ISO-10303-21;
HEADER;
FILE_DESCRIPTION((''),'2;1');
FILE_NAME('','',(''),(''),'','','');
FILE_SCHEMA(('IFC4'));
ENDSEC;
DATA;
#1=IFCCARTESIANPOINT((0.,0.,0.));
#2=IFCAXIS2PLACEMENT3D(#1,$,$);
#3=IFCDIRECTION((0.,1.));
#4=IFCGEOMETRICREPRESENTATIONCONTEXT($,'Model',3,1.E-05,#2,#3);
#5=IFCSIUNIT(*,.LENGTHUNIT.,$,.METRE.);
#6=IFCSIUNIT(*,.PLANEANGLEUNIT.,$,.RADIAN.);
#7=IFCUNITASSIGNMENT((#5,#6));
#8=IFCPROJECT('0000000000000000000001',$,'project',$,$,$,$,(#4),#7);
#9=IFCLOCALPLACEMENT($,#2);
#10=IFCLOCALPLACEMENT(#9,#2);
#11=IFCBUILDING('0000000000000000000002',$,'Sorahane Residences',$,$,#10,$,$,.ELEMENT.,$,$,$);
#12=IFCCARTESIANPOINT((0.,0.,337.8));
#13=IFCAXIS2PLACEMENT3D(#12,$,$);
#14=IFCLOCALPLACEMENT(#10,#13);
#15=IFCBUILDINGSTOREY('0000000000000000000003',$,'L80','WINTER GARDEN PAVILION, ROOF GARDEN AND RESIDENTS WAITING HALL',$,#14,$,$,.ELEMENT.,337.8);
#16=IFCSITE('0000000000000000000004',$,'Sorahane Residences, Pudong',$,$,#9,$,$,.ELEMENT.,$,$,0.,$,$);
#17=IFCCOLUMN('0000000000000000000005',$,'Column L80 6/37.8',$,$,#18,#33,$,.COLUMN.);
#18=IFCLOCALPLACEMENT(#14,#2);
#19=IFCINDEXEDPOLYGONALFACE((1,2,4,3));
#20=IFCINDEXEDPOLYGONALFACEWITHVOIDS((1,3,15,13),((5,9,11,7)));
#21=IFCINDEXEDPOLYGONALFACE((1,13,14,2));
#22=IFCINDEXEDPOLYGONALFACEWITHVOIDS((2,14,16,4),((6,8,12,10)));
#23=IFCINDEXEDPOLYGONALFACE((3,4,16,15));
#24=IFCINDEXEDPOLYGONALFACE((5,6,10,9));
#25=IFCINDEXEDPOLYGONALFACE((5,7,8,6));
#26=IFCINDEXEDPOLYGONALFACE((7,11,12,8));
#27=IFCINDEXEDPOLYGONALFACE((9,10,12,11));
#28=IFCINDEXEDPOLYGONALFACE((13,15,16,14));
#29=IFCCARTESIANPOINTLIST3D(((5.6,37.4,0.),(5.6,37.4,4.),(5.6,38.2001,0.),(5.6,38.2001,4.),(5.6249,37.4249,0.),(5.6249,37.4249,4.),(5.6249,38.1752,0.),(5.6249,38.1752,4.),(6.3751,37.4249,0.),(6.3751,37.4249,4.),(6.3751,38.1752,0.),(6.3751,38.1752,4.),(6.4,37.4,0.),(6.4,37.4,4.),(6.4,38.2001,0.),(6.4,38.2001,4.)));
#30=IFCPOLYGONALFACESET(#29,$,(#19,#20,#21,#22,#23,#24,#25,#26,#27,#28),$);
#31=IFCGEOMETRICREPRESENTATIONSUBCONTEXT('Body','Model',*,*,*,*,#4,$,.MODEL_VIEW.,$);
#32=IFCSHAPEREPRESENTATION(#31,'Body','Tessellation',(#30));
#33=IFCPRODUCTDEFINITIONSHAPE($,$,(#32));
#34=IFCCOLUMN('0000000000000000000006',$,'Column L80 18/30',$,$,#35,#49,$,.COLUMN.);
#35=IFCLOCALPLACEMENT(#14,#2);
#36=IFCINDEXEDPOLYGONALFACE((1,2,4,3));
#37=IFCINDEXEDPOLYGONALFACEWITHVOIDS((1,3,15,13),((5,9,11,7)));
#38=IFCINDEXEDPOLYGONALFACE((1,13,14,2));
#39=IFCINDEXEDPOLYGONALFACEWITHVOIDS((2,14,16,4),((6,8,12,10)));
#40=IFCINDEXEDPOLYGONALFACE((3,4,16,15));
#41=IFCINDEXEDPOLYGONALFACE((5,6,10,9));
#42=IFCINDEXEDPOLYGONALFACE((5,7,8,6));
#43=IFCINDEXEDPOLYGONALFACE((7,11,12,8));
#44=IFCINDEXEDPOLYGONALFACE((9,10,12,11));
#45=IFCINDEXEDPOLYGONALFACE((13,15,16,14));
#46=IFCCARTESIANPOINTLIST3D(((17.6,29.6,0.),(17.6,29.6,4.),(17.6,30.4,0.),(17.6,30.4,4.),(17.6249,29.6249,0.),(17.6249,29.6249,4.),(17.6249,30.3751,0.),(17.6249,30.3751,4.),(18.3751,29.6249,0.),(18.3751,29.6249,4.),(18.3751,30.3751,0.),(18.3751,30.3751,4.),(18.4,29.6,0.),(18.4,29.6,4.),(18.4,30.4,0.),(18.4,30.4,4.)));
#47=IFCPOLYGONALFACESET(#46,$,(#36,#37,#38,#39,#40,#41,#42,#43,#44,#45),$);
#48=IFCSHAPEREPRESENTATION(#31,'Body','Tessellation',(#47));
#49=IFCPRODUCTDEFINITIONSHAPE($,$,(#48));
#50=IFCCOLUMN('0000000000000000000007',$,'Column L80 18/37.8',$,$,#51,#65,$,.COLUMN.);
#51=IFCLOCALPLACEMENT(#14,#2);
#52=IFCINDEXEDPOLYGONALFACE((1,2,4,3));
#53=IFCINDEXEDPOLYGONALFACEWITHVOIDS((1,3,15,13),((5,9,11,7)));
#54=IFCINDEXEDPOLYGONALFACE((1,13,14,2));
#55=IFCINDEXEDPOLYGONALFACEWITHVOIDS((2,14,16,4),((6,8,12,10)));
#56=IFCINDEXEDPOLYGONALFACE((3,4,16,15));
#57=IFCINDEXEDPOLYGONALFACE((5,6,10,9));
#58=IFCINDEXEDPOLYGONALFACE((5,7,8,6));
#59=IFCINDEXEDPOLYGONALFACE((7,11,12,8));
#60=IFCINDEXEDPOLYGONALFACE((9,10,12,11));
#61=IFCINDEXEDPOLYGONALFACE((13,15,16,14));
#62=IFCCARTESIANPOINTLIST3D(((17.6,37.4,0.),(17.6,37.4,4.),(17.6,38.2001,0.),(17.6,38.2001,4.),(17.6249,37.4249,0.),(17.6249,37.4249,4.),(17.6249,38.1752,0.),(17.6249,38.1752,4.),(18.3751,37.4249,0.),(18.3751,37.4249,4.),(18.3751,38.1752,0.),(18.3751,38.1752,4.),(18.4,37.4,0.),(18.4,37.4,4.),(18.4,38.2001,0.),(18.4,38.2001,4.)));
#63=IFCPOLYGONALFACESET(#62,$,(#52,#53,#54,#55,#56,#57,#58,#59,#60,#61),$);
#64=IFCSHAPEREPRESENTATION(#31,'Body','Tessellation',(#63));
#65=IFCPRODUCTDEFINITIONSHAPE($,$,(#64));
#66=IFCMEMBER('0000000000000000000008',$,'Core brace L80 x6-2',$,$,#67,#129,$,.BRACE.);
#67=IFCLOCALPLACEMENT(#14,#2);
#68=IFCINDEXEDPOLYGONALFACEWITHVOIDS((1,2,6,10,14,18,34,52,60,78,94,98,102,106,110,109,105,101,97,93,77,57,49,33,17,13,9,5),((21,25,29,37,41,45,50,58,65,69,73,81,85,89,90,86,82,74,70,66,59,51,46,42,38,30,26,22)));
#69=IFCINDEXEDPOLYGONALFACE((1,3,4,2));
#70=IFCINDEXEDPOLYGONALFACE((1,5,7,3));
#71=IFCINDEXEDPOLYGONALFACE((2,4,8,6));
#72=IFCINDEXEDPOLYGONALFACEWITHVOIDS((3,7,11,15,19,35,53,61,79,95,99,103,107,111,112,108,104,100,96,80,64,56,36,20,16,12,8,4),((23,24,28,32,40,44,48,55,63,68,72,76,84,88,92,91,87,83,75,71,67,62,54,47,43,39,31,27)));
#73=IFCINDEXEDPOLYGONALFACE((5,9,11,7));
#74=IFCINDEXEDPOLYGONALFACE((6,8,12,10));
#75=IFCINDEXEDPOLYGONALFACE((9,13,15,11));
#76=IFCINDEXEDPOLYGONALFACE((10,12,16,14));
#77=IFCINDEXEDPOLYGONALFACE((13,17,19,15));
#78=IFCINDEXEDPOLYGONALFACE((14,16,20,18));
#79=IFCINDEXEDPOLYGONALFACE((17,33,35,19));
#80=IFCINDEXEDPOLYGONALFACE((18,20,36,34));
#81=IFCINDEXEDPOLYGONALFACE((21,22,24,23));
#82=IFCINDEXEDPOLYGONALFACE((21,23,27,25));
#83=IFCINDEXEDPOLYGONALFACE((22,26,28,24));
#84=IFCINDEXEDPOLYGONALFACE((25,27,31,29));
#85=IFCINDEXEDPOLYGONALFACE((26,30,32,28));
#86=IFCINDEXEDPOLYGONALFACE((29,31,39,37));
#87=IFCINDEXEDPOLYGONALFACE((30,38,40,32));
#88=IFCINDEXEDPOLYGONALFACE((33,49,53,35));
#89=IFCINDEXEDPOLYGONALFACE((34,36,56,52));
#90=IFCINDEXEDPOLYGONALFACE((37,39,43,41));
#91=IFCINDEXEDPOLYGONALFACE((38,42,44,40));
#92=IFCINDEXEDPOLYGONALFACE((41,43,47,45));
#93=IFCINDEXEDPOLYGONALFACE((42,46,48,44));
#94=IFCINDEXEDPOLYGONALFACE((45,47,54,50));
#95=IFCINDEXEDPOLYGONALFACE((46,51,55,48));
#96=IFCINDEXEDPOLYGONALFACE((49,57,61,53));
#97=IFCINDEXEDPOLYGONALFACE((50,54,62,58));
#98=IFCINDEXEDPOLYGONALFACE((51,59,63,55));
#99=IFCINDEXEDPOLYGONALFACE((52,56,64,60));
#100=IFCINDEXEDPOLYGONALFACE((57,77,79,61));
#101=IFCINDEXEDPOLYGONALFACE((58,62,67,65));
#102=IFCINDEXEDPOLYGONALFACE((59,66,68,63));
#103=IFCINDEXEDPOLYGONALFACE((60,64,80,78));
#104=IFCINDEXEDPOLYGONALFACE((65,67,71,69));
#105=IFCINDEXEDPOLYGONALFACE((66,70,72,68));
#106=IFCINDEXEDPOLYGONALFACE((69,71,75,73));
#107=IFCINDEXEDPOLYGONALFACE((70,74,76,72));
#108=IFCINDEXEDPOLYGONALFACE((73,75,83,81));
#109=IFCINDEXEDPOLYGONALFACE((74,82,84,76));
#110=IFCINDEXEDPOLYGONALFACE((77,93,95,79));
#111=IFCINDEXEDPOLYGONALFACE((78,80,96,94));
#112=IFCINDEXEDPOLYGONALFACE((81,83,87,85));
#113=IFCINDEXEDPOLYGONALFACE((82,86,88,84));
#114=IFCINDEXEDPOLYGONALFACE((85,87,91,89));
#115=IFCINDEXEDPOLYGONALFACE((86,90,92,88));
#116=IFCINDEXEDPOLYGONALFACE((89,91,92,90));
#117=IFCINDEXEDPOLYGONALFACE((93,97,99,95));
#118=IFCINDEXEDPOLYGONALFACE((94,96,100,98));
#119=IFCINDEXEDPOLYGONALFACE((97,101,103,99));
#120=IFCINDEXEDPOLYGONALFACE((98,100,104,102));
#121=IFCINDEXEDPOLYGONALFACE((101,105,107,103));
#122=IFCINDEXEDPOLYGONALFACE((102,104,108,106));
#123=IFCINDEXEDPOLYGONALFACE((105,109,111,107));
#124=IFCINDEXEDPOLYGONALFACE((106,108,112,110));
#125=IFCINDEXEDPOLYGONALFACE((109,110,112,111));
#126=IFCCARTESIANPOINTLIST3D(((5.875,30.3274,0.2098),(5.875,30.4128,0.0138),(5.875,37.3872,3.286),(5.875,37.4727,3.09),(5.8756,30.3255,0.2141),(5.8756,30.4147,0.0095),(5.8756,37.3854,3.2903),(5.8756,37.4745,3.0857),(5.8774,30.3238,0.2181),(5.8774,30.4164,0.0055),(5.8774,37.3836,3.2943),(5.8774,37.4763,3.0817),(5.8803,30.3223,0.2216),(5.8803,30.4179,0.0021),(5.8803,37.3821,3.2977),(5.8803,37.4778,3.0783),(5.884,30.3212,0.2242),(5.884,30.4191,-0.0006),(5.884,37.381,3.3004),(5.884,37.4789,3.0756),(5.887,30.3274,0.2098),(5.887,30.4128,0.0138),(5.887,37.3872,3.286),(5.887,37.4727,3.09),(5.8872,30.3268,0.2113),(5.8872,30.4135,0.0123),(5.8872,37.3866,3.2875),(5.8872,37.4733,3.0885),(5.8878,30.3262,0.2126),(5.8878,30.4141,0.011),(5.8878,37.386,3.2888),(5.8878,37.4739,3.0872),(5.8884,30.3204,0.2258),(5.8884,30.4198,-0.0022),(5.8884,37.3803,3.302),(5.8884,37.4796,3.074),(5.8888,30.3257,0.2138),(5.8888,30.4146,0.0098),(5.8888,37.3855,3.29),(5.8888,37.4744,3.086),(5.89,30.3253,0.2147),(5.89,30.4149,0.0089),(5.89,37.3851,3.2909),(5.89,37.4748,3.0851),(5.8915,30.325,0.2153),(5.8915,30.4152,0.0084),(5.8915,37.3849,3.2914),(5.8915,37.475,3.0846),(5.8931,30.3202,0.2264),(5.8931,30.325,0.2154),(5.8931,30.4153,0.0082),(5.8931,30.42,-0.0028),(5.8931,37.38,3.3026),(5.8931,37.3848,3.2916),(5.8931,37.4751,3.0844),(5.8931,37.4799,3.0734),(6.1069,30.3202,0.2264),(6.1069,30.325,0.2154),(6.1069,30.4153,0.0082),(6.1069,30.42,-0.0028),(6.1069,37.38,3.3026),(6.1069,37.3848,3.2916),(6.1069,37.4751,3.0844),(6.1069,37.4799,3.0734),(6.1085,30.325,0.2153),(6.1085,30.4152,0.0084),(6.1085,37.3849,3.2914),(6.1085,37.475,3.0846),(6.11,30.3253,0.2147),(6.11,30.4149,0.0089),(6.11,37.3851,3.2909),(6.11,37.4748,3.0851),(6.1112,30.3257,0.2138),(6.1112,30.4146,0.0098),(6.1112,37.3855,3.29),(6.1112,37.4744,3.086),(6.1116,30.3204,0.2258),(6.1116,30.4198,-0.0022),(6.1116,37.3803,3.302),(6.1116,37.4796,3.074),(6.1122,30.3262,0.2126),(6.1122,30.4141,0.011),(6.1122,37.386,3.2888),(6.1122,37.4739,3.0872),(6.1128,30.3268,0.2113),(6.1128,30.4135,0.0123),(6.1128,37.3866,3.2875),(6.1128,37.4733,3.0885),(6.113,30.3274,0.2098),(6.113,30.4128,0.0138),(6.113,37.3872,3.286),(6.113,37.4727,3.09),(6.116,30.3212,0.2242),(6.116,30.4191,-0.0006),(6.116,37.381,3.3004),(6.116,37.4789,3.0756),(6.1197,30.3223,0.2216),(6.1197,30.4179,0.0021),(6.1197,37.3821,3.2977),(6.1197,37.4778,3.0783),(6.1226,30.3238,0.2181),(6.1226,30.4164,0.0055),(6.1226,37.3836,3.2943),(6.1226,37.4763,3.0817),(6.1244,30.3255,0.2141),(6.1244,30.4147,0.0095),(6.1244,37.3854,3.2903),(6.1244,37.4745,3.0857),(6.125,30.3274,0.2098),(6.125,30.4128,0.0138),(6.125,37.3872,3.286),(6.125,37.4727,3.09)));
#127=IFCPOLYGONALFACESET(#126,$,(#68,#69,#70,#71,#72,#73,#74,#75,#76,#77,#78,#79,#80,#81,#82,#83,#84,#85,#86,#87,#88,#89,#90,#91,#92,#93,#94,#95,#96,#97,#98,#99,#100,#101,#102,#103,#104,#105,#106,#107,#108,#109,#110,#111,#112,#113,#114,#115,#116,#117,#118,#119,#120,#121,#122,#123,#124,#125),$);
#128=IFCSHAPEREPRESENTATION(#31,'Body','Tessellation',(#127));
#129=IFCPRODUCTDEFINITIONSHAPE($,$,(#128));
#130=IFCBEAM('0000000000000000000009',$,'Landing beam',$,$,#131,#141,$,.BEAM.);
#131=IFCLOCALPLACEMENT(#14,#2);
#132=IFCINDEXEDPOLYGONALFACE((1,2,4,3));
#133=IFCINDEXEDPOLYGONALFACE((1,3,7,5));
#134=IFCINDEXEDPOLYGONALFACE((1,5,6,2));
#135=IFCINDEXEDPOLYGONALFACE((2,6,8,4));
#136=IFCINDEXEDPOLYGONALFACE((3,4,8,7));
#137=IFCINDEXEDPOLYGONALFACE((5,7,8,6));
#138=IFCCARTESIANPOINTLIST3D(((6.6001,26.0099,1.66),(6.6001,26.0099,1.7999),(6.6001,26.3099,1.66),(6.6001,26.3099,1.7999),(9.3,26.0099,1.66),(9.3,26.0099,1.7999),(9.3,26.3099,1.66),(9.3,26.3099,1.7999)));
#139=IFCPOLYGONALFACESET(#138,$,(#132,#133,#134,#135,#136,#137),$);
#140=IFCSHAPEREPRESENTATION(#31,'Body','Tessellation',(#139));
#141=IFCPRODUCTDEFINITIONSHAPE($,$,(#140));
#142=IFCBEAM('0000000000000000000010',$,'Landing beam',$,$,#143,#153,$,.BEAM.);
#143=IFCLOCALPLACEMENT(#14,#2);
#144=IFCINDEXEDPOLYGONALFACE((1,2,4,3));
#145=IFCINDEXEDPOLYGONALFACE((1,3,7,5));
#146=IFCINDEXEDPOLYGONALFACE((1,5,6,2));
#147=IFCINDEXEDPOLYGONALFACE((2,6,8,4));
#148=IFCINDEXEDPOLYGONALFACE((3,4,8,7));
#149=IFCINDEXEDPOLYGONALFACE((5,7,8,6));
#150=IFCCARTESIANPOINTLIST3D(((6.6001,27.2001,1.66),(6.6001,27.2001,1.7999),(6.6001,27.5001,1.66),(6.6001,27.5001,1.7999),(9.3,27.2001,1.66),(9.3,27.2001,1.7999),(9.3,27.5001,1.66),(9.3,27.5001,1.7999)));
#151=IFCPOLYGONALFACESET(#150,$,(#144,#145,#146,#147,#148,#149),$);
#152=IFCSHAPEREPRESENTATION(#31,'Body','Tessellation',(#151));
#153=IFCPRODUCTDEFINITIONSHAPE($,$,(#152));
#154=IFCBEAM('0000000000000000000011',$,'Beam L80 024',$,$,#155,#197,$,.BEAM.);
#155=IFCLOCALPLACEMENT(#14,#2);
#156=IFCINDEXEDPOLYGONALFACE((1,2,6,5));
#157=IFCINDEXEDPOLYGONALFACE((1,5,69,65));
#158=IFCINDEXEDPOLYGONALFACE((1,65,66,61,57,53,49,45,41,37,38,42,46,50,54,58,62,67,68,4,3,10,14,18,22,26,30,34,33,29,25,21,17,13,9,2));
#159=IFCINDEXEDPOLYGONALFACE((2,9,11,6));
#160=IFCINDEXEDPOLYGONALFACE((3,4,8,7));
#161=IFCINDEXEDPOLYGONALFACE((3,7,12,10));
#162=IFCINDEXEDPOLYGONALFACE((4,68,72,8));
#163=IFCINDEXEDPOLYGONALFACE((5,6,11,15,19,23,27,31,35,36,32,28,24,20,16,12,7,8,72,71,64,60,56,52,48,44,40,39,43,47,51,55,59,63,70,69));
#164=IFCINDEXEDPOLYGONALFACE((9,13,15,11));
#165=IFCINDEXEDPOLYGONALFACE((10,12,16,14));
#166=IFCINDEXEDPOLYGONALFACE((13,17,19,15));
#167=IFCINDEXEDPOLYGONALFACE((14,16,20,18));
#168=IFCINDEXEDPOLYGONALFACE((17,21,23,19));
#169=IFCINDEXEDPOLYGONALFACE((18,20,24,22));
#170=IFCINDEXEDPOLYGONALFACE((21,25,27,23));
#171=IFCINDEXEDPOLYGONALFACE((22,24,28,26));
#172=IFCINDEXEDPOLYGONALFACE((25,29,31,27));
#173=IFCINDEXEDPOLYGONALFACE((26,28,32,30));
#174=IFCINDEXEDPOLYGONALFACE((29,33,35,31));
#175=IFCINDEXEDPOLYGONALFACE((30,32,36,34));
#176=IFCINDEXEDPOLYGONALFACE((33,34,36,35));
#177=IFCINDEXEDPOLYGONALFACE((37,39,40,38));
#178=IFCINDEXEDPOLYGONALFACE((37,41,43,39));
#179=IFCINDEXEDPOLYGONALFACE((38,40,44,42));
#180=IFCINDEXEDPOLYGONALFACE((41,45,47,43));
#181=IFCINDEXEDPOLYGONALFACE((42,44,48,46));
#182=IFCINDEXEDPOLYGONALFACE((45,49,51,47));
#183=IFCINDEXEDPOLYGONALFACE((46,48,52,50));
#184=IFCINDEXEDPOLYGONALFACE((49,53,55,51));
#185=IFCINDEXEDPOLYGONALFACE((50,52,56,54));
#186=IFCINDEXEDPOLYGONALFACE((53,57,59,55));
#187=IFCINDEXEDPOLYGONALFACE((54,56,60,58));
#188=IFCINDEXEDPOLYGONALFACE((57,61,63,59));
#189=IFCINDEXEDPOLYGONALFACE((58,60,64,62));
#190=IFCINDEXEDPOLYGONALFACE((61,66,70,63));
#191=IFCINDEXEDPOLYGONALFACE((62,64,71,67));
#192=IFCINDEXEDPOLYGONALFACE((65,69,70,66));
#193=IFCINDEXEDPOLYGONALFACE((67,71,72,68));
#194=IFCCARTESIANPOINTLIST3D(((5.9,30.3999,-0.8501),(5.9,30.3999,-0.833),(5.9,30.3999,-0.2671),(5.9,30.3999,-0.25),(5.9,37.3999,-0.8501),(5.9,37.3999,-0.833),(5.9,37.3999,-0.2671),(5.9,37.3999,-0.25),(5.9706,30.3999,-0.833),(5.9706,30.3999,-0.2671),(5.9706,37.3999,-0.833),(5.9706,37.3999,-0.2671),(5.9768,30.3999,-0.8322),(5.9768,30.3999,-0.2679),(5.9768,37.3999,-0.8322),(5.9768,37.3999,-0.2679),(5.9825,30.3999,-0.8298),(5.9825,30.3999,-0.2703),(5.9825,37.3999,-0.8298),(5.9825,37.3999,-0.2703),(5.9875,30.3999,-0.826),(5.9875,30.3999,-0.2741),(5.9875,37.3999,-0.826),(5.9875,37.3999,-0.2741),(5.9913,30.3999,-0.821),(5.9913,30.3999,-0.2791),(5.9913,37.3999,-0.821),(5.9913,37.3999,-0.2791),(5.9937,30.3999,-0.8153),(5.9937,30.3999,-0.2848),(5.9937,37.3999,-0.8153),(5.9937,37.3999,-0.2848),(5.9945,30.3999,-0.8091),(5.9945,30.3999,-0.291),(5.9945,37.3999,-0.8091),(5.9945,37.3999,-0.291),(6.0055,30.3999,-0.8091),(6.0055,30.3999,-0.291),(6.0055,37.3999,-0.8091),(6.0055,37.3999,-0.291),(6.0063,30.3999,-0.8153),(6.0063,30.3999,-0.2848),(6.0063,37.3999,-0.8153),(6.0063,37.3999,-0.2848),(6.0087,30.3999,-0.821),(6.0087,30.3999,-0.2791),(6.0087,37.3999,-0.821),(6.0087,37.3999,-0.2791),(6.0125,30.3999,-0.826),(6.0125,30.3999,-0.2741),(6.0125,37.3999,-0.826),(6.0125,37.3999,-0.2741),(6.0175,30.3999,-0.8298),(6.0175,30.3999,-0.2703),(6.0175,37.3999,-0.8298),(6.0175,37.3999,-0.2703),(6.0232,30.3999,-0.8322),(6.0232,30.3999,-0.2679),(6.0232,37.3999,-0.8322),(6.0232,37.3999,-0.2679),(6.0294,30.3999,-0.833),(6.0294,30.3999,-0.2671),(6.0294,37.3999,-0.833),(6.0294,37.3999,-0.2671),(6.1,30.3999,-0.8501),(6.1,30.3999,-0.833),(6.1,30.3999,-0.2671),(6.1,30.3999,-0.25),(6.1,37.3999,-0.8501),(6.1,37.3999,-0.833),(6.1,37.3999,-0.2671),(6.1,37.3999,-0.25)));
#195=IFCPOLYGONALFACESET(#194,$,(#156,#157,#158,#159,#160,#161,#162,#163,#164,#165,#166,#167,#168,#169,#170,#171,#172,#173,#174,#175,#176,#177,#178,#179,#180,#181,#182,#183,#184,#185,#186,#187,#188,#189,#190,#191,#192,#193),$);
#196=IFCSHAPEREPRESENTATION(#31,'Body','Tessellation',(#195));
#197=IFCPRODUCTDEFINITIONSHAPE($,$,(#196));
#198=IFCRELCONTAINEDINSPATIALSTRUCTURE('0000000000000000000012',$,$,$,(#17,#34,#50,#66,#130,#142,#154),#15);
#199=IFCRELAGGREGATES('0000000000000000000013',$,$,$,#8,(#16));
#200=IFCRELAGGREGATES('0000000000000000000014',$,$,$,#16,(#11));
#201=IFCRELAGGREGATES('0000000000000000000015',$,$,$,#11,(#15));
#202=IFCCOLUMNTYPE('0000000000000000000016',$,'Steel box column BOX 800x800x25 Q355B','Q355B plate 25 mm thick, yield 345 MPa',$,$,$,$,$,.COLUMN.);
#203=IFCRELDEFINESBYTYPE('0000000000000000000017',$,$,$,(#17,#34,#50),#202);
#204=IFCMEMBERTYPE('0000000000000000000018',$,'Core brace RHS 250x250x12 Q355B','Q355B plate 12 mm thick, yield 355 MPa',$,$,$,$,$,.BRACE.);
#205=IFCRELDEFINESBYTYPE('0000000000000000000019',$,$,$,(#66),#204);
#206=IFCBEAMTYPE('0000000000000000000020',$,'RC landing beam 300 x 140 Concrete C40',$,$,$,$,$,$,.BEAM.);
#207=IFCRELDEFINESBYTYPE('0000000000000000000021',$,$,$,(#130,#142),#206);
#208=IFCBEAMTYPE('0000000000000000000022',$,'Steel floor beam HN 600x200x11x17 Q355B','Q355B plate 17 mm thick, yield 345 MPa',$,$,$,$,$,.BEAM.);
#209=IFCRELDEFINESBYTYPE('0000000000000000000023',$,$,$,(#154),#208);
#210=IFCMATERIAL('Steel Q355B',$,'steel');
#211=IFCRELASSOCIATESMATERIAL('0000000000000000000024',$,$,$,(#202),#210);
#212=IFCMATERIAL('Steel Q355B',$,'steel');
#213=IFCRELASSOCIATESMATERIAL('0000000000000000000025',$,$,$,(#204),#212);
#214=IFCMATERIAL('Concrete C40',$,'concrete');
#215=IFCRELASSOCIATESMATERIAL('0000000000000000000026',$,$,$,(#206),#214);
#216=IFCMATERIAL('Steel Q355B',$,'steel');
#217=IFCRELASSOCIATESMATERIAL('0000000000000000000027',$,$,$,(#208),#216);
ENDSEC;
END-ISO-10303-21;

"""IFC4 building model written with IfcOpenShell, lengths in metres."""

from ifc_helpers import new_model, si_unit, direction, frame, origin, origin_2d, place, context, subcontext, project, spatial, rectangle, hollow_rectangle, i_section, extrude, material, material_profile, profile_set, type_object, element, save


model = new_model("IFC4")

# Units and contexts
model_context = context("Model", 3, precision=1e-05, world=origin(), true_north=direction((0.0, 1.0)))
body_context = subcontext(model_context, "Body", "Model", "MODEL_VIEW")
ifc_project = project(units=[si_unit("LENGTHUNIT", "METRE"), si_unit("PLANEANGLEUNIT", "RADIAN")], contexts=[model_context])

# Site, building, storey
site_placement = place(None, origin())
site = spatial("IfcSite", under=ifc_project, at=site_placement, Name="Sorahane Residences, Pudong", CompositionType="ELEMENT", RefElevation=0.0)
building_placement = place(site_placement, origin())
building = spatial("IfcBuilding", under=site, at=building_placement, Name="Sorahane Residences", CompositionType="ELEMENT")
storey_placement = place(building_placement, frame((0.0, 0.0, 337.8)))
storey = spatial("IfcBuildingStorey", under=building, at=storey_placement, Name="L80", Description="WINTER GARDEN PAVILION, ROOF GARDEN AND RESIDENTS WAITING HALL", CompositionType="ELEMENT", Elevation=337.8)

# Columns
ifc_material_1 = material(Name="Steel Q355B", Category="steel")
ifc_material_profile_1 = material_profile(ifc_material_1, hollow_rectangle(XDim=0.8, YDim=0.8, WallThickness=0.0249, at=origin_2d()), Name="BOX 800x800x25")
ifc_profile_set_1 = profile_set([ifc_material_profile_1], Name="Steel Q355B")
column_type = type_object("IfcColumnType", Name="Steel box column BOX 800x800x25 Q355B", Description="Q355B plate 25 mm thick, yield 345 MPa", PredefinedType="COLUMN", material=ifc_profile_set_1)
for number, where, z_axis, x_axis, name in (
    (1, (6.0, 37.8, 0.0), (0.0, 0.0, 1.0), (1.0, 0.0, 0.0), "Column L80 6/37.8"),
    (2, (18.0, 30.0, 0.0), (0.0, 0.0, 1.0), (1.0, 0.0, 0.0), "Column L80 18/30"),
    (3, (18.0, 37.8, 0.0), (0.0, 0.0, 1.0), (1.0, 0.0, 0.0), "Column L80 18/37.8"),
):
    element("IfcColumn", number, at=place(storey_placement, frame(where, z_axis=z_axis, x_axis=x_axis)), inside=storey, type_object=column_type, Name=name, PredefinedType="COLUMN", context=body_context, shape_type="SweptSolid", body=[
        extrude(hollow_rectangle(XDim=0.8, YDim=0.8, WallThickness=0.0249, at=origin_2d()), origin(), (0.0, 0.0, 1.0), 4.0),
    ])

# Member
ifc_material_2 = material(Name="Steel Q355B", Category="steel")
ifc_material_profile_2 = material_profile(ifc_material_2, hollow_rectangle(XDim=0.25, YDim=0.25, WallThickness=0.012, InnerFilletRadius=0.0061, OuterFilletRadius=0.0181, at=origin_2d()), Name="RHS 250x250x12")
ifc_profile_set_2 = profile_set([ifc_material_profile_2], Name="Steel Q355B")
member_type = type_object("IfcMemberType", Name="Core brace RHS 250x250x12 Q355B", Description="Q355B plate 12 mm thick, yield 355 MPa", PredefinedType="BRACE", material=ifc_profile_set_2)
member_placement = place(storey_placement, frame((6.0, 30.3701, 0.1118), z_axis=(0.0, 0.916752, 0.399456), x_axis=(-1.0, 0.0, 0.0)))
element("IfcMember", 4, at=member_placement, inside=storey, type_object=member_type, Name="Core brace L80 x6-2", PredefinedType="BRACE", context=body_context, shape_type="SweptSolid", body=[
    extrude(hollow_rectangle(XDim=0.25, YDim=0.25, WallThickness=0.012, InnerFilletRadius=0.0061, OuterFilletRadius=0.0181, at=origin_2d()), origin(), (0.0, 0.0, 1.0), 7.7009),
])

# Beams
ifc_material_3 = material(Name="Concrete C40", Category="concrete")
ifc_material_profile_3 = material_profile(ifc_material_3, rectangle(XDim=0.3, YDim=0.1399, at=origin_2d()), Name="300x140")
ifc_profile_set_3 = profile_set([ifc_material_profile_3], Name="Concrete C40")
beam_type_1 = type_object("IfcBeamType", Name="RC landing beam 300 x 140 Concrete C40", PredefinedType="BEAM", material=ifc_profile_set_3)
for number, where, z_axis, x_axis, name in (
    (5, (6.6001, 26.1599, 1.73), (1.0, 0.0, 0.0), (0.0, 1.0, 0.0), "Landing beam"),
    (6, (6.6001, 27.3501, 1.73), (1.0, 0.0, 0.0), (0.0, 1.0, 0.0), "Landing beam"),
):
    element("IfcBeam", number, at=place(storey_placement, frame(where, z_axis=z_axis, x_axis=x_axis)), inside=storey, type_object=beam_type_1, Name=name, PredefinedType="BEAM", context=body_context, shape_type="SweptSolid", body=[
        extrude(rectangle(XDim=0.3, YDim=0.1399, at=origin_2d()), origin(), (0.0, 0.0, 1.0), 2.7),
    ])
ifc_material_4 = material(Name="Steel Q355B", Category="steel")
ifc_material_profile_4 = material_profile(ifc_material_4, i_section(OverallWidth=0.2, OverallDepth=0.6001, WebThickness=0.011, FlangeThickness=0.0171, FilletRadius=0.0239, at=origin_2d()), Name="HN 600x200x11x17")
ifc_profile_set_4 = profile_set([ifc_material_profile_4], Name="Steel Q355B")
beam_type_2 = type_object("IfcBeamType", Name="Steel floor beam HN 600x200x11x17 Q355B", Description="Q355B plate 17 mm thick, yield 345 MPa", PredefinedType="BEAM", material=ifc_profile_set_4)
for number, where, z_axis, x_axis, name in (
    (7, (6.0, 30.3999, -0.55), (0.0, 1.0, 0.0), (-1.0, 0.0, 0.0), "Beam L80 024"),
):
    element("IfcBeam", number, at=place(storey_placement, frame(where, z_axis=z_axis, x_axis=x_axis)), inside=storey, type_object=beam_type_2, Name=name, PredefinedType="BEAM", context=body_context, shape_type="SweptSolid", body=[
        extrude(i_section(OverallWidth=0.2, OverallDepth=0.6001, WebThickness=0.011, FlangeThickness=0.0171, FilletRadius=0.0239, at=origin_2d()), origin(), (0.0, 0.0, 1.0), 7.0),
    ])

save(model, "model.ifc")
